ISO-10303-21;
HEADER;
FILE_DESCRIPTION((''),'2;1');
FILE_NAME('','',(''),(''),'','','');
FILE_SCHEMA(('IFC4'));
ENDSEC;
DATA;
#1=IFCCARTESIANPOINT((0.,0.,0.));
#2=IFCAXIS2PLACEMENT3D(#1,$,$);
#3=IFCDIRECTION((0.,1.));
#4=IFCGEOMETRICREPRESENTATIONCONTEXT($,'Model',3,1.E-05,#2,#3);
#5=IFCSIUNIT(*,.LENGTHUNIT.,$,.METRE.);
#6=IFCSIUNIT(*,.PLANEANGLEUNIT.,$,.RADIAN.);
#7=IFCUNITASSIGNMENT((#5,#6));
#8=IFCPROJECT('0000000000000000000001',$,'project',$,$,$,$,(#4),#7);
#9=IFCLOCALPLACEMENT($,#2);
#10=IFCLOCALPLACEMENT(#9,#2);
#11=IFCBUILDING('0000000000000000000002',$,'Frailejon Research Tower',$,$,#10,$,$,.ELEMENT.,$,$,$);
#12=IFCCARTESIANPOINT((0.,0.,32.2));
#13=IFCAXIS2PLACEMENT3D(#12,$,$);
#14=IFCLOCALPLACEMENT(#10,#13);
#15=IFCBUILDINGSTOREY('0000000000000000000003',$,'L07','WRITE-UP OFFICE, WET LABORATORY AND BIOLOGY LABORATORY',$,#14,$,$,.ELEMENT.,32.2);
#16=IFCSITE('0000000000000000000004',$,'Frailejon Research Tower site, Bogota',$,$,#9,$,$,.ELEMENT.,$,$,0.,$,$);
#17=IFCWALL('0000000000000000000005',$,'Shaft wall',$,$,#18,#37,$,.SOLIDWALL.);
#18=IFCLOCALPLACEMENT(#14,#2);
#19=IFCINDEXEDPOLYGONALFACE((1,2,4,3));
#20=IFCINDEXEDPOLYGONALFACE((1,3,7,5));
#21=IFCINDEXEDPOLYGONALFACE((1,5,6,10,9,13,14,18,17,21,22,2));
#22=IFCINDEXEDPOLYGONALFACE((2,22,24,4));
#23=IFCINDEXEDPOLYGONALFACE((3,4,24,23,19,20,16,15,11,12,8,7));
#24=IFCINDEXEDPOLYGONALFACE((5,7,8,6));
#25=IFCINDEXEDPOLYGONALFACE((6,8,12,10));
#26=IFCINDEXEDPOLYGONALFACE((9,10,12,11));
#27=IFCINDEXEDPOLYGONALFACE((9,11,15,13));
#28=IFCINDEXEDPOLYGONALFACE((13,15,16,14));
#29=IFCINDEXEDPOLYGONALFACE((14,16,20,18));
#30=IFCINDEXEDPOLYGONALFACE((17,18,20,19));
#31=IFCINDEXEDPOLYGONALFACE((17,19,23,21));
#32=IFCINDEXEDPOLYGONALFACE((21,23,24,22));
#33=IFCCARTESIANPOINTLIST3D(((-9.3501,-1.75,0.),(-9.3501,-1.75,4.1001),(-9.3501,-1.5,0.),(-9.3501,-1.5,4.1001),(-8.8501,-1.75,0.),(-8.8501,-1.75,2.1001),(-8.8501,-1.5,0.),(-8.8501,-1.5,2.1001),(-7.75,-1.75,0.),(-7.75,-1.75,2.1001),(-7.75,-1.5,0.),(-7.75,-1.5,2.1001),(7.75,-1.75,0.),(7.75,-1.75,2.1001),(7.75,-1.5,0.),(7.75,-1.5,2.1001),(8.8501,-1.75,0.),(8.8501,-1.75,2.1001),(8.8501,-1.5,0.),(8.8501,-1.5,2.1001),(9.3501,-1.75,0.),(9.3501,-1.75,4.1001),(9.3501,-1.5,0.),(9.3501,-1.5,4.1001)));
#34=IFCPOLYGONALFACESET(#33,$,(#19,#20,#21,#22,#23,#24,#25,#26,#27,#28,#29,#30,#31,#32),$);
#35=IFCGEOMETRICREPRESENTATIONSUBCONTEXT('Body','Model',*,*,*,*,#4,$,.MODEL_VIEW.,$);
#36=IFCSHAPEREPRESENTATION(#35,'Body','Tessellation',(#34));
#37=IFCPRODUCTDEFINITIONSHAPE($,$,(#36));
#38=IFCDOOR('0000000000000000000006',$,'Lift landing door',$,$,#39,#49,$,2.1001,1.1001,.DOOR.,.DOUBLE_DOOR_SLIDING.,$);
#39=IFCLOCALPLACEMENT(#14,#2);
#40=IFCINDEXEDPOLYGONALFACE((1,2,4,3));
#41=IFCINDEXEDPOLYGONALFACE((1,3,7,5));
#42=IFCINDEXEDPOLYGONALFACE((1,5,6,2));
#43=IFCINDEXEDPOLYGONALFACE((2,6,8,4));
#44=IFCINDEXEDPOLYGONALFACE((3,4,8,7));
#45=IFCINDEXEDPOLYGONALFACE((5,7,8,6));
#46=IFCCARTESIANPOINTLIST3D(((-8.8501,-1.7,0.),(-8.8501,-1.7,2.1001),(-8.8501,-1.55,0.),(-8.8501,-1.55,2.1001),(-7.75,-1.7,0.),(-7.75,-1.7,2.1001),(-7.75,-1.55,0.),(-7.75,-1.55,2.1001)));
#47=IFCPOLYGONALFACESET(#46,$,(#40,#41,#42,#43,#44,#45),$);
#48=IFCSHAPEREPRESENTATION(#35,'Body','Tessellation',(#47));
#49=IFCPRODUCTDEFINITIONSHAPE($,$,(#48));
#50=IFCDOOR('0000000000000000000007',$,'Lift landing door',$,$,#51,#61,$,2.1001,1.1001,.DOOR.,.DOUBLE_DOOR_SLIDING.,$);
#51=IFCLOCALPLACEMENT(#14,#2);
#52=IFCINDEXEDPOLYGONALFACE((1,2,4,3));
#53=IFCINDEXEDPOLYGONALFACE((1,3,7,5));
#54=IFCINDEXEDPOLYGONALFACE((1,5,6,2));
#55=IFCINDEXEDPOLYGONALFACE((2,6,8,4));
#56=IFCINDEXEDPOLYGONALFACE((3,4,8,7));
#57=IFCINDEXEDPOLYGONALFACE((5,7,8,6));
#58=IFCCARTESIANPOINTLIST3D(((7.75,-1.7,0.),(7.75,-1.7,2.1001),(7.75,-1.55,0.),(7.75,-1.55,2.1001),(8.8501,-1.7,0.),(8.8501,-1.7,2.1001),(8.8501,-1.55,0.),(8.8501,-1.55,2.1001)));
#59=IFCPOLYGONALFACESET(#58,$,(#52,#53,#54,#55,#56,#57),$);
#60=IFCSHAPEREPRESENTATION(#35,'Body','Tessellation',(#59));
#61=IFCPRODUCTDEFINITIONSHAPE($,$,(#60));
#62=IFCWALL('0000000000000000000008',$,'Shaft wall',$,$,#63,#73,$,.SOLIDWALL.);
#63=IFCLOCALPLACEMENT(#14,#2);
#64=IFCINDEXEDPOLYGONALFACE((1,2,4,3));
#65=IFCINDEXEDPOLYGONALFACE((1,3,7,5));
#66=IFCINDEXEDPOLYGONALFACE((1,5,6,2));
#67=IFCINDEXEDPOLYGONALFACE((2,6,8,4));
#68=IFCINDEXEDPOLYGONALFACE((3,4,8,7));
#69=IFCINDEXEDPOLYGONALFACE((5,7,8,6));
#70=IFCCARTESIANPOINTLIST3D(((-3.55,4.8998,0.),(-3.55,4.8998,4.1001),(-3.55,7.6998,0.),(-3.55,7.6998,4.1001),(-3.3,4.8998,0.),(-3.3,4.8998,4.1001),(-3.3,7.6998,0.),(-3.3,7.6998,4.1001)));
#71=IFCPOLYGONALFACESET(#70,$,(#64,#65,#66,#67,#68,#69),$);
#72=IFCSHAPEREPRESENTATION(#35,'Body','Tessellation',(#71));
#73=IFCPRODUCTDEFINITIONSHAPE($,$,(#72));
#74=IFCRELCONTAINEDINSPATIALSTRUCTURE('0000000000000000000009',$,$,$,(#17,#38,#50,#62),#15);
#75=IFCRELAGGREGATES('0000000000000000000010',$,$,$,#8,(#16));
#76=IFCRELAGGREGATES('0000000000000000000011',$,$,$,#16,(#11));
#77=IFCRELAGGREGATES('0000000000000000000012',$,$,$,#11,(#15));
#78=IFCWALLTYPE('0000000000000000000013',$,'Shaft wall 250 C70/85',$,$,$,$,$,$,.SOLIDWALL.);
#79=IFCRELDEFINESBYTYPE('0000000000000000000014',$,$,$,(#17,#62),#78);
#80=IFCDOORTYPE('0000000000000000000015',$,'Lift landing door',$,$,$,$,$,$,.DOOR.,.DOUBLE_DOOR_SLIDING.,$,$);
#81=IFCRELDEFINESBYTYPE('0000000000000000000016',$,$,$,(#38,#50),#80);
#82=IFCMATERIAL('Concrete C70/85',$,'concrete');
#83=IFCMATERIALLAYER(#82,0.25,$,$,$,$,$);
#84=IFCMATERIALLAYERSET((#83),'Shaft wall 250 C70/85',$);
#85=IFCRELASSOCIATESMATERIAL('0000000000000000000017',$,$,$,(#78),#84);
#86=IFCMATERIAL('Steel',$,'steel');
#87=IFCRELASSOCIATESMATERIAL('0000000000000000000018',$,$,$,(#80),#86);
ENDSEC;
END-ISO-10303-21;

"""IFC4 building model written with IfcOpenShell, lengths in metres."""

from ifc_helpers import new_model, si_unit, direction, frame, frame_2d, origin, place, context, subcontext, project, spatial, rectangle, extrude, material, layer, layer_set, type_object, element, fill, save


model = new_model("IFC4")

# Units and contexts
model_context = context("Model", 3, precision=1e-05, world=origin(), true_north=direction((0.0, 1.0)))
body_context = subcontext(model_context, "Body", "Model", "MODEL_VIEW")
ifc_project = project(units=[si_unit("LENGTHUNIT", "METRE"), si_unit("PLANEANGLEUNIT", "RADIAN")], contexts=[model_context])

# Site, building, storey
site_placement = place(None, origin())
site = spatial("IfcSite", under=ifc_project, at=site_placement, Name="Frailejon Research Tower site, Bogota", CompositionType="ELEMENT", RefElevation=0.0)
building_placement = place(site_placement, origin())
building = spatial("IfcBuilding", under=site, at=building_placement, Name="Frailejon Research Tower", CompositionType="ELEMENT")
storey_placement = place(building_placement, frame((0.0, 0.0, 32.2)))
storey = spatial("IfcBuildingStorey", under=building, at=storey_placement, Name="L07", Description="WRITE-UP OFFICE, WET LABORATORY AND BIOLOGY LABORATORY", CompositionType="ELEMENT", Elevation=32.2)

# Shared definitions
ifc_material_1 = material(Name="Concrete C70/85", Category="concrete")
ifc_layer_1 = layer(ifc_material_1, 0.25)
ifc_layer_set_1 = layer_set([ifc_layer_1], Name="Shaft wall 250 C70/85")
wall_type_1 = type_object("IfcWallType", Name="Shaft wall 250 C70/85", PredefinedType="SOLIDWALL", material=ifc_layer_set_1)
ifc_material_2 = material(Name="Steel", Category="steel")
door_type = type_object("IfcDoorType", Name="Lift landing door", OperationType="DOUBLE_DOOR_SLIDING", PredefinedType="DOOR", material=ifc_material_2)

# Wall, openings, doors
wall_1_placement = place(storey_placement, frame((-9.3501, -1.625, 0.0), z_axis=(0.0, 0.0, 1.0), x_axis=(1.0, 0.0, 0.0)))
wall_1 = element("IfcWall", 1, at=wall_1_placement, inside=storey, type_object=wall_type_1, Name="Shaft wall", PredefinedType="SOLIDWALL", context=body_context, shape_type="SweptSolid", body=[
    extrude(rectangle(XDim=18.7002, YDim=0.25, at=frame_2d((9.3501, 0.0))), origin(), (0.0, 0.0, 1.0), 4.1001),
])
opening_1_placement = place(wall_1_placement, frame((0.5, 0.0, 0.0)))
opening_1 = element("IfcOpeningElement", 2, at=opening_1_placement, cuts=wall_1, PredefinedType="OPENING", context=body_context, shape_type="SweptSolid", body=[
    extrude(rectangle(XDim=1.1001, YDim=2.1001, at=frame_2d((0.55, 1.05))), frame((0.0, 0.135, 0.0), z_axis=(0.0, -1.0, 0.0), x_axis=(1.0, 0.0, 0.0)), (0.0, 0.0, 1.0), 0.27),
])
opening_2_placement = place(wall_1_placement, frame((17.1001, 0.0, 0.0)))
opening_2 = element("IfcOpeningElement", 3, at=opening_2_placement, cuts=wall_1, PredefinedType="OPENING", context=body_context, shape_type="SweptSolid", body=[
    extrude(rectangle(XDim=1.1001, YDim=2.1001, at=frame_2d((0.55, 1.05))), frame((0.0, 0.135, 0.0), z_axis=(0.0, -1.0, 0.0), x_axis=(1.0, 0.0, 0.0)), (0.0, 0.0, 1.0), 0.27),
])
door_1_placement = place(opening_1_placement, origin())
door_1 = element("IfcDoor", 4, at=door_1_placement, inside=storey, type_object=door_type, Name="Lift landing door", OperationType="DOUBLE_DOOR_SLIDING", OverallHeight=2.1001, OverallWidth=1.1001, PredefinedType="DOOR", context=body_context, shape_type="SweptSolid", body=[
    extrude(rectangle(XDim=1.1001, YDim=2.1001, at=frame_2d((0.55, 1.05))), frame((0.0, 0.075, 0.0), z_axis=(0.0, -1.0, 0.0), x_axis=(1.0, 0.0, 0.0)), (0.0, 0.0, 1.0), 0.1499),
])
fill(opening_1, door_1)
door_2_placement = place(opening_2_placement, origin())
door_2 = element("IfcDoor", 5, at=door_2_placement, inside=storey, type_object=door_type, Name="Lift landing door", OperationType="DOUBLE_DOOR_SLIDING", OverallHeight=2.1001, OverallWidth=1.1001, PredefinedType="DOOR", context=body_context, shape_type="SweptSolid", body=[
    extrude(rectangle(XDim=1.1001, YDim=2.1001, at=frame_2d((0.55, 1.05))), frame((0.0, 0.075, 0.0), z_axis=(0.0, -1.0, 0.0), x_axis=(1.0, 0.0, 0.0)), (0.0, 0.0, 1.0), 0.1499),
])
fill(opening_2, door_2)

# Wall
wall_2_placement = place(storey_placement, frame((-3.425, 4.8999, 0.0), z_axis=(0.0, 0.0, 1.0), x_axis=(0.0, 1.0, 0.0)))
element("IfcWall", 6, at=wall_2_placement, inside=storey, type_object=wall_type_1, Name="Shaft wall", PredefinedType="SOLIDWALL", context=body_context, shape_type="SweptSolid", body=[
    extrude(rectangle(XDim=2.8, YDim=0.25, at=frame_2d((1.3999, 0.0))), origin(), (0.0, 0.0, 1.0), 4.1001),
])

save(model, "model.ifc")
